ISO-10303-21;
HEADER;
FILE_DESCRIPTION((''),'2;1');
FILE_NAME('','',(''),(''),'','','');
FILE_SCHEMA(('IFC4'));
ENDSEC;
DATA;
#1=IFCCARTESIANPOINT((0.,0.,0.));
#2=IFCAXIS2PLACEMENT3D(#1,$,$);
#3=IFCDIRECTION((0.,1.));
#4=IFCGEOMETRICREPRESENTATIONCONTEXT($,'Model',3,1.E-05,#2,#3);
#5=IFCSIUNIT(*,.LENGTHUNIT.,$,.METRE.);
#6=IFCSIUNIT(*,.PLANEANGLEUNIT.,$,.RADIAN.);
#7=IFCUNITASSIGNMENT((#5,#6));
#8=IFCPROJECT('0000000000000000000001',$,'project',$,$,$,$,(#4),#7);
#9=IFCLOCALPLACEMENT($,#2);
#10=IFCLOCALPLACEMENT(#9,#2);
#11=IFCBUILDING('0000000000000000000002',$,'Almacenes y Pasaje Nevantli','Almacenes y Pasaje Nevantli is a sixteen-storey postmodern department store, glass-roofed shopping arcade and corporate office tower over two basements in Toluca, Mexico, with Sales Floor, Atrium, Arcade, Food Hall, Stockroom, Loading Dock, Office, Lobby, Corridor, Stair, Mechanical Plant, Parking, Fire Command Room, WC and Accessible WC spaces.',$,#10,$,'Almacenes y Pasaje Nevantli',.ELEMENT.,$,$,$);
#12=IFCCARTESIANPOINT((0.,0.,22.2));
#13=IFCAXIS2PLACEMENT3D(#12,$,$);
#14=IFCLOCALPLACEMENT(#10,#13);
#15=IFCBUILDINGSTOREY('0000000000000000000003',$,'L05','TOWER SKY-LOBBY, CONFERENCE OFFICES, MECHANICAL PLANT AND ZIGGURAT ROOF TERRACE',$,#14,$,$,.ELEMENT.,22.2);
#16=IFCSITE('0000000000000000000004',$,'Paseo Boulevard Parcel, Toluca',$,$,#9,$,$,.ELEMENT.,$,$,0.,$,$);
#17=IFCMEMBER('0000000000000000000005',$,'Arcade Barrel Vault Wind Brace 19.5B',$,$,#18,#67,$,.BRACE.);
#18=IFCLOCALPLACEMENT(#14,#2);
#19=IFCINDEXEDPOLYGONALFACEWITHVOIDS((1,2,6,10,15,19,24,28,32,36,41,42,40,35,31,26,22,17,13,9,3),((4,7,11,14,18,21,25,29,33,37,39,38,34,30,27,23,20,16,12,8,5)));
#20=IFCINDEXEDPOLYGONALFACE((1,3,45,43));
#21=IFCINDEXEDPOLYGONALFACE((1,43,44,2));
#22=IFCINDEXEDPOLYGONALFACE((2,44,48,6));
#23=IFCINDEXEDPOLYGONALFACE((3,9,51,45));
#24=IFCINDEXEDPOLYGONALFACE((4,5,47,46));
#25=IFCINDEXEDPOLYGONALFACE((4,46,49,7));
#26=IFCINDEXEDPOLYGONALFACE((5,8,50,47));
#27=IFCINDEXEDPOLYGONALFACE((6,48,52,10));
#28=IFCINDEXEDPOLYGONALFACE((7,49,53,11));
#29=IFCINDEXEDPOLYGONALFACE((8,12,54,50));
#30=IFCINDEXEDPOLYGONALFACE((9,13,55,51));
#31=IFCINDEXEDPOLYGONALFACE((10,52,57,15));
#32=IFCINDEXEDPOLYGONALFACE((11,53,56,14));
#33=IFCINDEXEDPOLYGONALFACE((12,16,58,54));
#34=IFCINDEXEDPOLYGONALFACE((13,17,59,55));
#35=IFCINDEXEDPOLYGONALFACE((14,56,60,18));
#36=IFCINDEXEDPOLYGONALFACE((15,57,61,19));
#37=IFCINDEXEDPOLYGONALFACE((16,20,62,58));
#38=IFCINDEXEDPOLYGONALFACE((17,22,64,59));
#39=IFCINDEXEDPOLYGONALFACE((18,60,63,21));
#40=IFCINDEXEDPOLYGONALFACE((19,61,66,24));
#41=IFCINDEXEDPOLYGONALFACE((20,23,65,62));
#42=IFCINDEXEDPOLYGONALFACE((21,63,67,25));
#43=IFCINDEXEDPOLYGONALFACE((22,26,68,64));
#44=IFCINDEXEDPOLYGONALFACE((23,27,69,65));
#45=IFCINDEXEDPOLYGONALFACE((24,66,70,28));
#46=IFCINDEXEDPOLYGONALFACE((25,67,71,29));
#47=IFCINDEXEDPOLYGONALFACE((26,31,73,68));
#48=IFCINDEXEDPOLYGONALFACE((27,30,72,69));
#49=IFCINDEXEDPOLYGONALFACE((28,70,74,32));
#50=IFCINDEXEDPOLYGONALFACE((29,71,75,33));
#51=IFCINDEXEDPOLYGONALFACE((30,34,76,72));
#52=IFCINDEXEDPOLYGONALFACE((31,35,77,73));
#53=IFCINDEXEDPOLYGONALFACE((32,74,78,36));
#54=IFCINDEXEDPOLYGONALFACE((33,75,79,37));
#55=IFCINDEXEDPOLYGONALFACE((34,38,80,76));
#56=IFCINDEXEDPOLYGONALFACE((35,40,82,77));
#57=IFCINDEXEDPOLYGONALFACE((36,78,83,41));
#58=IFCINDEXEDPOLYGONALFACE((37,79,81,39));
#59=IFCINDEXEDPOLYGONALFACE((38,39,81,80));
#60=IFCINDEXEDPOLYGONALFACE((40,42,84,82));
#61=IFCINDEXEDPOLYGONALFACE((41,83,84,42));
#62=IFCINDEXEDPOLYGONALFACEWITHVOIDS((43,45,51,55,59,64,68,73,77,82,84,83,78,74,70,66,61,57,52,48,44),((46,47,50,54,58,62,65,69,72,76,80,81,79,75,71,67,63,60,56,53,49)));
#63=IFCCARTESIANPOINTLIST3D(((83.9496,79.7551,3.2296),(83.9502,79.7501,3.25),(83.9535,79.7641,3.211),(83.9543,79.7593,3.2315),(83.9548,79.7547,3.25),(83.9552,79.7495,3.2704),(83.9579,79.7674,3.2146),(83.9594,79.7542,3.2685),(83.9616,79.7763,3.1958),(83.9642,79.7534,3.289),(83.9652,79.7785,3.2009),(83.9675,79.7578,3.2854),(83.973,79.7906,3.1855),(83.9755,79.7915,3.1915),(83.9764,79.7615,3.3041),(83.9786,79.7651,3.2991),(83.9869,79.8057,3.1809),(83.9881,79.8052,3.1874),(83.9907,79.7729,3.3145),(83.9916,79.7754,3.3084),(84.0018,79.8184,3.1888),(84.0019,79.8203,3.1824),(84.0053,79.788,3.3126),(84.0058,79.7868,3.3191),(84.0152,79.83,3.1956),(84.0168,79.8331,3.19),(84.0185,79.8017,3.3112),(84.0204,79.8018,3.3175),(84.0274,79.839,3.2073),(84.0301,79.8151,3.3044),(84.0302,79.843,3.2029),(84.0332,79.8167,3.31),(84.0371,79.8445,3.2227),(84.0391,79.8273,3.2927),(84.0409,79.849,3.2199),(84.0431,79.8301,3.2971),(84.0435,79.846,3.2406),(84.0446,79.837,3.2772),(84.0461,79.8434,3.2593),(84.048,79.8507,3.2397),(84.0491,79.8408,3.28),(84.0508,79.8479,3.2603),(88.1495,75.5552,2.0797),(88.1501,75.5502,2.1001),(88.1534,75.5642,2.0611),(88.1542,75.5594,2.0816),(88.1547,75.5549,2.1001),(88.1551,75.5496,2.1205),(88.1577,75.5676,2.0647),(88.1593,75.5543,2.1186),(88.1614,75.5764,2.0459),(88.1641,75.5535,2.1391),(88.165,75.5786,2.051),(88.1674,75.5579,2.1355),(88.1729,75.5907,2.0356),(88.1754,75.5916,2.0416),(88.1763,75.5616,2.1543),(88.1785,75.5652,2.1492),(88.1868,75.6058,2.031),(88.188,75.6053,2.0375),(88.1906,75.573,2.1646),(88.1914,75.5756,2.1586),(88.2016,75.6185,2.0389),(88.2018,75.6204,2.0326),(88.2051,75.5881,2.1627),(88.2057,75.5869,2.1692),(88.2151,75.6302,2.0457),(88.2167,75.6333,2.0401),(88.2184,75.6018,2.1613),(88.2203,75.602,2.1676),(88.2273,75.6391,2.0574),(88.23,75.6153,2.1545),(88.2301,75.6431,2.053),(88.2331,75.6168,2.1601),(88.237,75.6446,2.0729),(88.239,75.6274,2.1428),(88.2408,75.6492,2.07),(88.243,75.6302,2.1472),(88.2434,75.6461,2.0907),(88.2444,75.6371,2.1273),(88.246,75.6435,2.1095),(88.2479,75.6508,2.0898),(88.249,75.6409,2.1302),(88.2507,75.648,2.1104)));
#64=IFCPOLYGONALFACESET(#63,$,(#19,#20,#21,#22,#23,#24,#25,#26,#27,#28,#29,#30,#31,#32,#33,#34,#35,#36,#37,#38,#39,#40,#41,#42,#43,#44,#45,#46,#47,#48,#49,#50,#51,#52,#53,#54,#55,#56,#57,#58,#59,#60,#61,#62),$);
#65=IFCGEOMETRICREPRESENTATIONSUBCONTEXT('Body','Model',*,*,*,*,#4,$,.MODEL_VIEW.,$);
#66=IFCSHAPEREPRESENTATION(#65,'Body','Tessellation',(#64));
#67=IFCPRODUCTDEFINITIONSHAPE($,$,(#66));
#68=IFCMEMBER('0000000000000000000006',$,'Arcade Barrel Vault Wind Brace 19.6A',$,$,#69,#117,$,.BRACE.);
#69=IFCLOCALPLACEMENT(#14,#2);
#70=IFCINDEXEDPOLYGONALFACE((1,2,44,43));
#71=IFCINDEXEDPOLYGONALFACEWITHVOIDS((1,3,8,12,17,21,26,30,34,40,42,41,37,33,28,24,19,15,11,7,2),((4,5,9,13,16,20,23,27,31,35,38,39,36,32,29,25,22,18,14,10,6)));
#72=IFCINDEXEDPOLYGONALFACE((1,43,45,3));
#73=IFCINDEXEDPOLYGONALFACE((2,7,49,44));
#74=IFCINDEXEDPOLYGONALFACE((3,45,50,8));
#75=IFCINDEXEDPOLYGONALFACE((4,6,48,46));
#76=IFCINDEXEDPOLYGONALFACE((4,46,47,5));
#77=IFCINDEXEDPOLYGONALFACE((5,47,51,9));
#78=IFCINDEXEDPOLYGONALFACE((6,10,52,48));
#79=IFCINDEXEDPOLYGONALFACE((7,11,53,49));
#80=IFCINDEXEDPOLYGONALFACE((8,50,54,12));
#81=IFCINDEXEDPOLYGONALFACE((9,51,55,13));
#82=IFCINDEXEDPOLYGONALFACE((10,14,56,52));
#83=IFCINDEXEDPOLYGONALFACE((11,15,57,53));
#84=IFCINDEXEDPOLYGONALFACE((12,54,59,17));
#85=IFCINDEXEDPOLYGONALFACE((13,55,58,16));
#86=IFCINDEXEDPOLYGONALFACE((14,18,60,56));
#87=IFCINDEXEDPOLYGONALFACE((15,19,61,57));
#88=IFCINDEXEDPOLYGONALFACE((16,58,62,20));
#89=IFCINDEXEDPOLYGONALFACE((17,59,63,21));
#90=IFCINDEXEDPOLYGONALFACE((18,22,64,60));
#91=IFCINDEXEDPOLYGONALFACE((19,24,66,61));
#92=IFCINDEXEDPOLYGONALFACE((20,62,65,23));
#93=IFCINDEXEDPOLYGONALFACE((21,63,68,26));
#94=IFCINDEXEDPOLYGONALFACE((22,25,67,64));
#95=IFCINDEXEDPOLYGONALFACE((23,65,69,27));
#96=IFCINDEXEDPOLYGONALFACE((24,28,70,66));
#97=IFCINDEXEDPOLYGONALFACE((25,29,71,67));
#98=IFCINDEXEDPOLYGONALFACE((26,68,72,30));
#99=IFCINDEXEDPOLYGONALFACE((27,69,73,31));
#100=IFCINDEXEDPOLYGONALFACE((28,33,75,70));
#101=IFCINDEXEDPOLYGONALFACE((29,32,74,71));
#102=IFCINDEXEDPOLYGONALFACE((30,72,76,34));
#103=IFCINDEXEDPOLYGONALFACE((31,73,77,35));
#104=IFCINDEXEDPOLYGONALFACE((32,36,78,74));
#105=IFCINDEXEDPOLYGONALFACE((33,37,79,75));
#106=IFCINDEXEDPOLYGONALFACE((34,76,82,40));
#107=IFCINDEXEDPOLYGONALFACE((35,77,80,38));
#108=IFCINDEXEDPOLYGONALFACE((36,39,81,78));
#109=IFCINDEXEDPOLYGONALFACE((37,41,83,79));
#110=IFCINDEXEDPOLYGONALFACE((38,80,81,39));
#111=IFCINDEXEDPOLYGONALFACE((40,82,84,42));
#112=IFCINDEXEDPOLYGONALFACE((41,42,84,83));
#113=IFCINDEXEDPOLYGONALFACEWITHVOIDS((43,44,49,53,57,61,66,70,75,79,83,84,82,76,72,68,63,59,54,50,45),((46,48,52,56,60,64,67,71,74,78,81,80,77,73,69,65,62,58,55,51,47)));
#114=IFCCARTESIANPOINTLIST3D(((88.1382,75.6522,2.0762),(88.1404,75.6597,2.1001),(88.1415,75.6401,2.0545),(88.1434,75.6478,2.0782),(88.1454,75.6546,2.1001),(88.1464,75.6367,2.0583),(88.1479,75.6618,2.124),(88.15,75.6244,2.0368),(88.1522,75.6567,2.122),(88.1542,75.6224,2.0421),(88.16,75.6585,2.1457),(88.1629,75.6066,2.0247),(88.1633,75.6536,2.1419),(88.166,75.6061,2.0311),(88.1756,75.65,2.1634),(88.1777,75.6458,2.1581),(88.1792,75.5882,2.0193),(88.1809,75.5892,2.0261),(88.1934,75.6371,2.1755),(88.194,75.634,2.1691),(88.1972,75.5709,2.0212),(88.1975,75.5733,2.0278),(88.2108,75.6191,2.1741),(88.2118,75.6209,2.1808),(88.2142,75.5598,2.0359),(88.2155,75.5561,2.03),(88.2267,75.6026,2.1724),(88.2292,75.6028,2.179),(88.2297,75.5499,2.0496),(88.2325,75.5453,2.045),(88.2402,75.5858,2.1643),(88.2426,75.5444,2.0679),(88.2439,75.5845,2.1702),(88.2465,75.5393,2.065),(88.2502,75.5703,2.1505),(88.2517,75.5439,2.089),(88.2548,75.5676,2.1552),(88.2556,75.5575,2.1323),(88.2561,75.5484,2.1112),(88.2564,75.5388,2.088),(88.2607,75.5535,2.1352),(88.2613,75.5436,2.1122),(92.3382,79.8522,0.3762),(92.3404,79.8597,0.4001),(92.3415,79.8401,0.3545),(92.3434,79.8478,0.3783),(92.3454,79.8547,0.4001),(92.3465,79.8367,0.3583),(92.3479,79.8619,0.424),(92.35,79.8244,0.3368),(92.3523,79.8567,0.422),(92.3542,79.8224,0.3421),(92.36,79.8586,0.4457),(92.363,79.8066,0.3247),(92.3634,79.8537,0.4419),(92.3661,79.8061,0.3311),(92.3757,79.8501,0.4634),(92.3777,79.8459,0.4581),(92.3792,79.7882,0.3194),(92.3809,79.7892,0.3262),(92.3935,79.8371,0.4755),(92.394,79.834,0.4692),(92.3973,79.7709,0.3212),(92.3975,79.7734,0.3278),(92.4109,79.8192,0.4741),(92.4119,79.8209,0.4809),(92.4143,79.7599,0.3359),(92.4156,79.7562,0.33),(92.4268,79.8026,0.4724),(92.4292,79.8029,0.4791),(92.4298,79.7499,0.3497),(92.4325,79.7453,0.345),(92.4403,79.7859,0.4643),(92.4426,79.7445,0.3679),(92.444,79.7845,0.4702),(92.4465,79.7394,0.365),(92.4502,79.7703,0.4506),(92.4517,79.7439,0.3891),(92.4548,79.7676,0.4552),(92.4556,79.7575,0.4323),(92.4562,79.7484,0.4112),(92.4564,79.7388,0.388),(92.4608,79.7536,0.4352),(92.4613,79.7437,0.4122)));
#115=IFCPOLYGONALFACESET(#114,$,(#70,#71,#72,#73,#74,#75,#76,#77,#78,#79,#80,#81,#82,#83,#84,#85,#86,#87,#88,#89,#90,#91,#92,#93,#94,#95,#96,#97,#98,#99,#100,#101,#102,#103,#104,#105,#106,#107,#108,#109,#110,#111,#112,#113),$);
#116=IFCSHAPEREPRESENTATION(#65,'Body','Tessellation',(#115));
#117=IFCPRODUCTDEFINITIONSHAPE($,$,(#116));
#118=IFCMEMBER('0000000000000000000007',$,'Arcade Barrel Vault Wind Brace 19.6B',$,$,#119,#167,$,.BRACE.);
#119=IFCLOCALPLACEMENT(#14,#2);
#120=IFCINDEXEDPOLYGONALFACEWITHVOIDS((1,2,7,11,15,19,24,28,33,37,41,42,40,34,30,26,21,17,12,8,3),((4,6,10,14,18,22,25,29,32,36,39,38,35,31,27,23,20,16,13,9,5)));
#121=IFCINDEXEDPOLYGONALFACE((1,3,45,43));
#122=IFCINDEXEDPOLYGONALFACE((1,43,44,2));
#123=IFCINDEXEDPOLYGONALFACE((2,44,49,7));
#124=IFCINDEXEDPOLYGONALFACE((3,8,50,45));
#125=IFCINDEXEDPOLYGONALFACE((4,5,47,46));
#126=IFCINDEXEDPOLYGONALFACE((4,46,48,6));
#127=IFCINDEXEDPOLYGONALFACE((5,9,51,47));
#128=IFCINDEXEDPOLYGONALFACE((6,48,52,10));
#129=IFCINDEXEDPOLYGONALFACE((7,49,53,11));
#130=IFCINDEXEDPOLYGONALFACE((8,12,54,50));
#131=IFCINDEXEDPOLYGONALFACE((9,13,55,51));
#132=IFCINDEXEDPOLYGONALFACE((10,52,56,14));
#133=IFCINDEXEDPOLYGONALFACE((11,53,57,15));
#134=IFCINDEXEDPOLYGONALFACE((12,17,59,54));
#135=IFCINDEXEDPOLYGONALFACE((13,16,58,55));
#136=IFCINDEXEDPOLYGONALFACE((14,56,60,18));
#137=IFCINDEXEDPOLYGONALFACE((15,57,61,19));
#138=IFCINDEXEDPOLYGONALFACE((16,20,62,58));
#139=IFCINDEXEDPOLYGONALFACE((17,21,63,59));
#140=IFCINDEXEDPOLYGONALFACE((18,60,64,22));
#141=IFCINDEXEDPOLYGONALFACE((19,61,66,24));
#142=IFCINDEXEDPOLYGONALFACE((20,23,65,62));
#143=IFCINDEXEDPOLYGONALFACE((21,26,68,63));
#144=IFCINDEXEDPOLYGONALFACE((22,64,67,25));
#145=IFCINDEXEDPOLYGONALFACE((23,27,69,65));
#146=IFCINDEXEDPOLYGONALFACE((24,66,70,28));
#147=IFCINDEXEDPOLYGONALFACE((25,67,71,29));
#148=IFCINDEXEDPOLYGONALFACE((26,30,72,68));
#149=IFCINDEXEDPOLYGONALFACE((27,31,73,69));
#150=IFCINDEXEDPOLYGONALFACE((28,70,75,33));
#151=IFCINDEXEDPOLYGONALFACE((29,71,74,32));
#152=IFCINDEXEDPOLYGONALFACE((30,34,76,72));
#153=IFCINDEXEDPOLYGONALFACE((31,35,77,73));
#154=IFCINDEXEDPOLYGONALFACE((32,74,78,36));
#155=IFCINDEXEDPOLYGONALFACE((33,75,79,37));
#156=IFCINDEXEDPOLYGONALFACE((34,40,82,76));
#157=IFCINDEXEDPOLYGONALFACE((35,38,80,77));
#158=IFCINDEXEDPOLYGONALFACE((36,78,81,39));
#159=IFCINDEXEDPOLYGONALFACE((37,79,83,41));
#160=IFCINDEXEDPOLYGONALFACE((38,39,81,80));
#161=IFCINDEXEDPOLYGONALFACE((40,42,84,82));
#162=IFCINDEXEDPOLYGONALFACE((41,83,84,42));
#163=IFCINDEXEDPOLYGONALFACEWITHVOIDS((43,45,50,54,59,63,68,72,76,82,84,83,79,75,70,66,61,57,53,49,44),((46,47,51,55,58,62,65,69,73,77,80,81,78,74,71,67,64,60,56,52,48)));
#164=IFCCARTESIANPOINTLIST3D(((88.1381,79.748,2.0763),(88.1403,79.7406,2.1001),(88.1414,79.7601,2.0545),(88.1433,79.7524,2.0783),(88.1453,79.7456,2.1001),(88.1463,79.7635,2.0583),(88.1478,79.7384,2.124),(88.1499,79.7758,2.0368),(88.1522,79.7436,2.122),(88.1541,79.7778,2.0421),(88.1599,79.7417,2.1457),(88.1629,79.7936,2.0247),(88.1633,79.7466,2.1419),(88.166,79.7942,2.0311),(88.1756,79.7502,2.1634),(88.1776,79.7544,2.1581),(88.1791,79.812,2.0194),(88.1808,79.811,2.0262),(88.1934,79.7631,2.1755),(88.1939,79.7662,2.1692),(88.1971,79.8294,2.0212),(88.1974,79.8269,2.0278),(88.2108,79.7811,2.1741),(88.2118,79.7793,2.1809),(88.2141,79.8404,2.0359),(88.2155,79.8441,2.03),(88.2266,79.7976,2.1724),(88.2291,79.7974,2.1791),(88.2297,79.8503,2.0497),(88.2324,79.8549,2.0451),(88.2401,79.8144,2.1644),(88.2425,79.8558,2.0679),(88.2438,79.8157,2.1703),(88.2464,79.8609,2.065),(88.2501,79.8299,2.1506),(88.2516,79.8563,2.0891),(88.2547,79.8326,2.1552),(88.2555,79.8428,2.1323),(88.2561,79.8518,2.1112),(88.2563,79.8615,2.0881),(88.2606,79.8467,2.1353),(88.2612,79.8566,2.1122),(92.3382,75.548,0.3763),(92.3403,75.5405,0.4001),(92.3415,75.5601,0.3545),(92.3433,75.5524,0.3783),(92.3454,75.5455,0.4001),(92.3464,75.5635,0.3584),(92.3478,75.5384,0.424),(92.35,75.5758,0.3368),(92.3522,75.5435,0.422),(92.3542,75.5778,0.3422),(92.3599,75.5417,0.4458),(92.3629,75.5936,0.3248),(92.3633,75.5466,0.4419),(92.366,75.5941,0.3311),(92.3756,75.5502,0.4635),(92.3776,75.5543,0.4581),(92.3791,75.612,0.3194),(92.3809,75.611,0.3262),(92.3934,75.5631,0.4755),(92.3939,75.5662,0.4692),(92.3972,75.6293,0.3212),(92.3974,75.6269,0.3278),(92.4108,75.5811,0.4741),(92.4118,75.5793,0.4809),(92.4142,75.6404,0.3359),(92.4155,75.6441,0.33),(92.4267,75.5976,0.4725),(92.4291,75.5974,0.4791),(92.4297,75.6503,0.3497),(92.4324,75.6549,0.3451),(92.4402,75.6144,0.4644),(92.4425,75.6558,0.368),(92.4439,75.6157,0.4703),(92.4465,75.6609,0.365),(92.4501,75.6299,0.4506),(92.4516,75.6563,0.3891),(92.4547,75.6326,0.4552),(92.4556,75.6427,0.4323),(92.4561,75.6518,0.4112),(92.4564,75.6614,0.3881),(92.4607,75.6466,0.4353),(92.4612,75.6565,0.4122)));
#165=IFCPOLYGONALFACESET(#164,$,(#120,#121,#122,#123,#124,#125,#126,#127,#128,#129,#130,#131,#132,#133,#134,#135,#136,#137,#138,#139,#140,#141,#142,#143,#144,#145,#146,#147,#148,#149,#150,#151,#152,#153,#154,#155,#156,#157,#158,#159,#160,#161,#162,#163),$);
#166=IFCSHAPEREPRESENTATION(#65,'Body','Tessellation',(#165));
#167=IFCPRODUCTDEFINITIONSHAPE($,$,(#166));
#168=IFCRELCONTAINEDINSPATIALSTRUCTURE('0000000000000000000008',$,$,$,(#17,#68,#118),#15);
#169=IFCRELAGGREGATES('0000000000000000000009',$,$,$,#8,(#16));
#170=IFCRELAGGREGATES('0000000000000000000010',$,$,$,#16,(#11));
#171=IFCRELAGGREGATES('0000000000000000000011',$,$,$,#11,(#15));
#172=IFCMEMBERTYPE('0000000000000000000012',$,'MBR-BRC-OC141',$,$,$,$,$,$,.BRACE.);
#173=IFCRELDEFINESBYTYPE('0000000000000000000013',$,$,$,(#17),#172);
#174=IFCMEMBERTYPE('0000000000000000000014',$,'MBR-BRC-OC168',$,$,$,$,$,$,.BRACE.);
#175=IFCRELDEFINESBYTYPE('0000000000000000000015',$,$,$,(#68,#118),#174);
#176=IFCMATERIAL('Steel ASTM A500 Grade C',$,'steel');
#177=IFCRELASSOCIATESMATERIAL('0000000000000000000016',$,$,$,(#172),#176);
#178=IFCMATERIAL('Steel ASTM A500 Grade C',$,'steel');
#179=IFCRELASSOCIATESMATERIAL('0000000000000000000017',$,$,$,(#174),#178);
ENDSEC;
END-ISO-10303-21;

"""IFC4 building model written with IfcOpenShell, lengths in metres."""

from ifc_helpers import new_model, si_unit, direction, frame, origin, origin_2d, place, context, subcontext, project, spatial, hollow_circle, extrude, material, material_profile, profile_set, type_object, element, save


model = new_model("IFC4")

# Units and contexts
model_context = context("Model", 3, precision=1e-05, world=origin(), true_north=direction((0.0, 1.0)))
body_context = subcontext(model_context, "Body", "Model", "MODEL_VIEW")
ifc_project = project(units=[si_unit("LENGTHUNIT", "METRE"), si_unit("PLANEANGLEUNIT", "RADIAN")], contexts=[model_context])

# Site, building, storey
site_placement = place(None, origin())
site = spatial("IfcSite", under=ifc_project, at=site_placement, Name="Paseo Boulevard Parcel, Toluca", CompositionType="ELEMENT", RefElevation=0.0)
building_placement = place(site_placement, origin())
building = spatial("IfcBuilding", under=site, at=building_placement, Name="Almacenes y Pasaje Nevantli", Description="Almacenes y Pasaje Nevantli is a sixteen-storey postmodern department store, glass-roofed shopping arcade and corporate office tower over two basements in Toluca, Mexico, with Sales Floor, Atrium, Arcade, Food Hall, Stockroom, Loading Dock, Office, Lobby, Corridor, Stair, Mechanical Plant, Parking, Fire Command Room, WC and Accessible WC spaces.", LongName="Almacenes y Pasaje Nevantli", CompositionType="ELEMENT")
storey_placement = place(building_placement, frame((0.0, 0.0, 22.2)))
storey = spatial("IfcBuildingStorey", under=building, at=storey_placement, Name="L05", Description="TOWER SKY-LOBBY, CONFERENCE OFFICES, MECHANICAL PLANT AND ZIGGURAT ROOF TERRACE", CompositionType="ELEMENT", Elevation=22.2)

# Members
ifc_material_1 = material(Name="Steel ASTM A500 Grade C", Category="steel")
ifc_material_profile_1 = material_profile(ifc_material_1, hollow_circle(Radius=0.0706, WallThickness=0.0066, at=origin_2d()), Name="OC 141x6.6")
ifc_profile_set_1 = profile_set([ifc_material_profile_1], Name="Steel ASTM A500 Grade C")
member_type_1 = type_object("IfcMemberType", Name="MBR-BRC-OC141", PredefinedType="BRACE", material=ifc_profile_set_1)
for number, where, z_axis, x_axis, name in (
    (1, (88.2, 75.6001, 2.1001), (-0.694217, 0.694217, 0.190069), (-0.707107, -0.707107, 0.0), "Arcade Barrel Vault Wind Brace 19.5B"),
):
    element("IfcMember", number, at=place(storey_placement, frame(where, z_axis=z_axis, x_axis=x_axis)), inside=storey, type_object=member_type_1, Name=name, PredefinedType="BRACE", context=body_context, shape_type="SweptSolid", body=[
        extrude(hollow_circle(Radius=0.0706, WallThickness=0.0066, at=origin_2d()), origin(), (0.0, 0.0, 1.0), 6.0498),
    ])
ifc_material_2 = material(Name="Steel ASTM A500 Grade C", Category="steel")
ifc_material_profile_2 = material_profile(ifc_material_2, hollow_circle(Radius=0.0842, WallThickness=0.0071, at=origin_2d()), Name="OC 168x7.1")
ifc_profile_set_2 = profile_set([ifc_material_profile_2], Name="Steel ASTM A500 Grade C")
member_type_2 = type_object("IfcMemberType", Name="MBR-BRC-OC168", PredefinedType="BRACE", material=ifc_profile_set_2)
for number, where, z_axis, x_axis, name in (
    (2, (88.2, 75.6001, 2.1001), (0.679812, 0.679812, -0.275157), (-0.707107, 0.707107, 0.0), "Arcade Barrel Vault Wind Brace 19.6A"),
    (3, (92.3999, 75.6001, 0.4001), (-0.679812, 0.679812, 0.275157), (-0.707107, -0.707107, 0.0), "Arcade Barrel Vault Wind Brace 19.6B"),
):
    element("IfcMember", number, at=place(storey_placement, frame(where, z_axis=z_axis, x_axis=x_axis)), inside=storey, type_object=member_type_2, Name=name, PredefinedType="BRACE", context=body_context, shape_type="SweptSolid", body=[
        extrude(hollow_circle(Radius=0.0842, WallThickness=0.0071, at=origin_2d()), origin(), (0.0, 0.0, 1.0), 6.1782),
    ])

save(model, "model.ifc")
